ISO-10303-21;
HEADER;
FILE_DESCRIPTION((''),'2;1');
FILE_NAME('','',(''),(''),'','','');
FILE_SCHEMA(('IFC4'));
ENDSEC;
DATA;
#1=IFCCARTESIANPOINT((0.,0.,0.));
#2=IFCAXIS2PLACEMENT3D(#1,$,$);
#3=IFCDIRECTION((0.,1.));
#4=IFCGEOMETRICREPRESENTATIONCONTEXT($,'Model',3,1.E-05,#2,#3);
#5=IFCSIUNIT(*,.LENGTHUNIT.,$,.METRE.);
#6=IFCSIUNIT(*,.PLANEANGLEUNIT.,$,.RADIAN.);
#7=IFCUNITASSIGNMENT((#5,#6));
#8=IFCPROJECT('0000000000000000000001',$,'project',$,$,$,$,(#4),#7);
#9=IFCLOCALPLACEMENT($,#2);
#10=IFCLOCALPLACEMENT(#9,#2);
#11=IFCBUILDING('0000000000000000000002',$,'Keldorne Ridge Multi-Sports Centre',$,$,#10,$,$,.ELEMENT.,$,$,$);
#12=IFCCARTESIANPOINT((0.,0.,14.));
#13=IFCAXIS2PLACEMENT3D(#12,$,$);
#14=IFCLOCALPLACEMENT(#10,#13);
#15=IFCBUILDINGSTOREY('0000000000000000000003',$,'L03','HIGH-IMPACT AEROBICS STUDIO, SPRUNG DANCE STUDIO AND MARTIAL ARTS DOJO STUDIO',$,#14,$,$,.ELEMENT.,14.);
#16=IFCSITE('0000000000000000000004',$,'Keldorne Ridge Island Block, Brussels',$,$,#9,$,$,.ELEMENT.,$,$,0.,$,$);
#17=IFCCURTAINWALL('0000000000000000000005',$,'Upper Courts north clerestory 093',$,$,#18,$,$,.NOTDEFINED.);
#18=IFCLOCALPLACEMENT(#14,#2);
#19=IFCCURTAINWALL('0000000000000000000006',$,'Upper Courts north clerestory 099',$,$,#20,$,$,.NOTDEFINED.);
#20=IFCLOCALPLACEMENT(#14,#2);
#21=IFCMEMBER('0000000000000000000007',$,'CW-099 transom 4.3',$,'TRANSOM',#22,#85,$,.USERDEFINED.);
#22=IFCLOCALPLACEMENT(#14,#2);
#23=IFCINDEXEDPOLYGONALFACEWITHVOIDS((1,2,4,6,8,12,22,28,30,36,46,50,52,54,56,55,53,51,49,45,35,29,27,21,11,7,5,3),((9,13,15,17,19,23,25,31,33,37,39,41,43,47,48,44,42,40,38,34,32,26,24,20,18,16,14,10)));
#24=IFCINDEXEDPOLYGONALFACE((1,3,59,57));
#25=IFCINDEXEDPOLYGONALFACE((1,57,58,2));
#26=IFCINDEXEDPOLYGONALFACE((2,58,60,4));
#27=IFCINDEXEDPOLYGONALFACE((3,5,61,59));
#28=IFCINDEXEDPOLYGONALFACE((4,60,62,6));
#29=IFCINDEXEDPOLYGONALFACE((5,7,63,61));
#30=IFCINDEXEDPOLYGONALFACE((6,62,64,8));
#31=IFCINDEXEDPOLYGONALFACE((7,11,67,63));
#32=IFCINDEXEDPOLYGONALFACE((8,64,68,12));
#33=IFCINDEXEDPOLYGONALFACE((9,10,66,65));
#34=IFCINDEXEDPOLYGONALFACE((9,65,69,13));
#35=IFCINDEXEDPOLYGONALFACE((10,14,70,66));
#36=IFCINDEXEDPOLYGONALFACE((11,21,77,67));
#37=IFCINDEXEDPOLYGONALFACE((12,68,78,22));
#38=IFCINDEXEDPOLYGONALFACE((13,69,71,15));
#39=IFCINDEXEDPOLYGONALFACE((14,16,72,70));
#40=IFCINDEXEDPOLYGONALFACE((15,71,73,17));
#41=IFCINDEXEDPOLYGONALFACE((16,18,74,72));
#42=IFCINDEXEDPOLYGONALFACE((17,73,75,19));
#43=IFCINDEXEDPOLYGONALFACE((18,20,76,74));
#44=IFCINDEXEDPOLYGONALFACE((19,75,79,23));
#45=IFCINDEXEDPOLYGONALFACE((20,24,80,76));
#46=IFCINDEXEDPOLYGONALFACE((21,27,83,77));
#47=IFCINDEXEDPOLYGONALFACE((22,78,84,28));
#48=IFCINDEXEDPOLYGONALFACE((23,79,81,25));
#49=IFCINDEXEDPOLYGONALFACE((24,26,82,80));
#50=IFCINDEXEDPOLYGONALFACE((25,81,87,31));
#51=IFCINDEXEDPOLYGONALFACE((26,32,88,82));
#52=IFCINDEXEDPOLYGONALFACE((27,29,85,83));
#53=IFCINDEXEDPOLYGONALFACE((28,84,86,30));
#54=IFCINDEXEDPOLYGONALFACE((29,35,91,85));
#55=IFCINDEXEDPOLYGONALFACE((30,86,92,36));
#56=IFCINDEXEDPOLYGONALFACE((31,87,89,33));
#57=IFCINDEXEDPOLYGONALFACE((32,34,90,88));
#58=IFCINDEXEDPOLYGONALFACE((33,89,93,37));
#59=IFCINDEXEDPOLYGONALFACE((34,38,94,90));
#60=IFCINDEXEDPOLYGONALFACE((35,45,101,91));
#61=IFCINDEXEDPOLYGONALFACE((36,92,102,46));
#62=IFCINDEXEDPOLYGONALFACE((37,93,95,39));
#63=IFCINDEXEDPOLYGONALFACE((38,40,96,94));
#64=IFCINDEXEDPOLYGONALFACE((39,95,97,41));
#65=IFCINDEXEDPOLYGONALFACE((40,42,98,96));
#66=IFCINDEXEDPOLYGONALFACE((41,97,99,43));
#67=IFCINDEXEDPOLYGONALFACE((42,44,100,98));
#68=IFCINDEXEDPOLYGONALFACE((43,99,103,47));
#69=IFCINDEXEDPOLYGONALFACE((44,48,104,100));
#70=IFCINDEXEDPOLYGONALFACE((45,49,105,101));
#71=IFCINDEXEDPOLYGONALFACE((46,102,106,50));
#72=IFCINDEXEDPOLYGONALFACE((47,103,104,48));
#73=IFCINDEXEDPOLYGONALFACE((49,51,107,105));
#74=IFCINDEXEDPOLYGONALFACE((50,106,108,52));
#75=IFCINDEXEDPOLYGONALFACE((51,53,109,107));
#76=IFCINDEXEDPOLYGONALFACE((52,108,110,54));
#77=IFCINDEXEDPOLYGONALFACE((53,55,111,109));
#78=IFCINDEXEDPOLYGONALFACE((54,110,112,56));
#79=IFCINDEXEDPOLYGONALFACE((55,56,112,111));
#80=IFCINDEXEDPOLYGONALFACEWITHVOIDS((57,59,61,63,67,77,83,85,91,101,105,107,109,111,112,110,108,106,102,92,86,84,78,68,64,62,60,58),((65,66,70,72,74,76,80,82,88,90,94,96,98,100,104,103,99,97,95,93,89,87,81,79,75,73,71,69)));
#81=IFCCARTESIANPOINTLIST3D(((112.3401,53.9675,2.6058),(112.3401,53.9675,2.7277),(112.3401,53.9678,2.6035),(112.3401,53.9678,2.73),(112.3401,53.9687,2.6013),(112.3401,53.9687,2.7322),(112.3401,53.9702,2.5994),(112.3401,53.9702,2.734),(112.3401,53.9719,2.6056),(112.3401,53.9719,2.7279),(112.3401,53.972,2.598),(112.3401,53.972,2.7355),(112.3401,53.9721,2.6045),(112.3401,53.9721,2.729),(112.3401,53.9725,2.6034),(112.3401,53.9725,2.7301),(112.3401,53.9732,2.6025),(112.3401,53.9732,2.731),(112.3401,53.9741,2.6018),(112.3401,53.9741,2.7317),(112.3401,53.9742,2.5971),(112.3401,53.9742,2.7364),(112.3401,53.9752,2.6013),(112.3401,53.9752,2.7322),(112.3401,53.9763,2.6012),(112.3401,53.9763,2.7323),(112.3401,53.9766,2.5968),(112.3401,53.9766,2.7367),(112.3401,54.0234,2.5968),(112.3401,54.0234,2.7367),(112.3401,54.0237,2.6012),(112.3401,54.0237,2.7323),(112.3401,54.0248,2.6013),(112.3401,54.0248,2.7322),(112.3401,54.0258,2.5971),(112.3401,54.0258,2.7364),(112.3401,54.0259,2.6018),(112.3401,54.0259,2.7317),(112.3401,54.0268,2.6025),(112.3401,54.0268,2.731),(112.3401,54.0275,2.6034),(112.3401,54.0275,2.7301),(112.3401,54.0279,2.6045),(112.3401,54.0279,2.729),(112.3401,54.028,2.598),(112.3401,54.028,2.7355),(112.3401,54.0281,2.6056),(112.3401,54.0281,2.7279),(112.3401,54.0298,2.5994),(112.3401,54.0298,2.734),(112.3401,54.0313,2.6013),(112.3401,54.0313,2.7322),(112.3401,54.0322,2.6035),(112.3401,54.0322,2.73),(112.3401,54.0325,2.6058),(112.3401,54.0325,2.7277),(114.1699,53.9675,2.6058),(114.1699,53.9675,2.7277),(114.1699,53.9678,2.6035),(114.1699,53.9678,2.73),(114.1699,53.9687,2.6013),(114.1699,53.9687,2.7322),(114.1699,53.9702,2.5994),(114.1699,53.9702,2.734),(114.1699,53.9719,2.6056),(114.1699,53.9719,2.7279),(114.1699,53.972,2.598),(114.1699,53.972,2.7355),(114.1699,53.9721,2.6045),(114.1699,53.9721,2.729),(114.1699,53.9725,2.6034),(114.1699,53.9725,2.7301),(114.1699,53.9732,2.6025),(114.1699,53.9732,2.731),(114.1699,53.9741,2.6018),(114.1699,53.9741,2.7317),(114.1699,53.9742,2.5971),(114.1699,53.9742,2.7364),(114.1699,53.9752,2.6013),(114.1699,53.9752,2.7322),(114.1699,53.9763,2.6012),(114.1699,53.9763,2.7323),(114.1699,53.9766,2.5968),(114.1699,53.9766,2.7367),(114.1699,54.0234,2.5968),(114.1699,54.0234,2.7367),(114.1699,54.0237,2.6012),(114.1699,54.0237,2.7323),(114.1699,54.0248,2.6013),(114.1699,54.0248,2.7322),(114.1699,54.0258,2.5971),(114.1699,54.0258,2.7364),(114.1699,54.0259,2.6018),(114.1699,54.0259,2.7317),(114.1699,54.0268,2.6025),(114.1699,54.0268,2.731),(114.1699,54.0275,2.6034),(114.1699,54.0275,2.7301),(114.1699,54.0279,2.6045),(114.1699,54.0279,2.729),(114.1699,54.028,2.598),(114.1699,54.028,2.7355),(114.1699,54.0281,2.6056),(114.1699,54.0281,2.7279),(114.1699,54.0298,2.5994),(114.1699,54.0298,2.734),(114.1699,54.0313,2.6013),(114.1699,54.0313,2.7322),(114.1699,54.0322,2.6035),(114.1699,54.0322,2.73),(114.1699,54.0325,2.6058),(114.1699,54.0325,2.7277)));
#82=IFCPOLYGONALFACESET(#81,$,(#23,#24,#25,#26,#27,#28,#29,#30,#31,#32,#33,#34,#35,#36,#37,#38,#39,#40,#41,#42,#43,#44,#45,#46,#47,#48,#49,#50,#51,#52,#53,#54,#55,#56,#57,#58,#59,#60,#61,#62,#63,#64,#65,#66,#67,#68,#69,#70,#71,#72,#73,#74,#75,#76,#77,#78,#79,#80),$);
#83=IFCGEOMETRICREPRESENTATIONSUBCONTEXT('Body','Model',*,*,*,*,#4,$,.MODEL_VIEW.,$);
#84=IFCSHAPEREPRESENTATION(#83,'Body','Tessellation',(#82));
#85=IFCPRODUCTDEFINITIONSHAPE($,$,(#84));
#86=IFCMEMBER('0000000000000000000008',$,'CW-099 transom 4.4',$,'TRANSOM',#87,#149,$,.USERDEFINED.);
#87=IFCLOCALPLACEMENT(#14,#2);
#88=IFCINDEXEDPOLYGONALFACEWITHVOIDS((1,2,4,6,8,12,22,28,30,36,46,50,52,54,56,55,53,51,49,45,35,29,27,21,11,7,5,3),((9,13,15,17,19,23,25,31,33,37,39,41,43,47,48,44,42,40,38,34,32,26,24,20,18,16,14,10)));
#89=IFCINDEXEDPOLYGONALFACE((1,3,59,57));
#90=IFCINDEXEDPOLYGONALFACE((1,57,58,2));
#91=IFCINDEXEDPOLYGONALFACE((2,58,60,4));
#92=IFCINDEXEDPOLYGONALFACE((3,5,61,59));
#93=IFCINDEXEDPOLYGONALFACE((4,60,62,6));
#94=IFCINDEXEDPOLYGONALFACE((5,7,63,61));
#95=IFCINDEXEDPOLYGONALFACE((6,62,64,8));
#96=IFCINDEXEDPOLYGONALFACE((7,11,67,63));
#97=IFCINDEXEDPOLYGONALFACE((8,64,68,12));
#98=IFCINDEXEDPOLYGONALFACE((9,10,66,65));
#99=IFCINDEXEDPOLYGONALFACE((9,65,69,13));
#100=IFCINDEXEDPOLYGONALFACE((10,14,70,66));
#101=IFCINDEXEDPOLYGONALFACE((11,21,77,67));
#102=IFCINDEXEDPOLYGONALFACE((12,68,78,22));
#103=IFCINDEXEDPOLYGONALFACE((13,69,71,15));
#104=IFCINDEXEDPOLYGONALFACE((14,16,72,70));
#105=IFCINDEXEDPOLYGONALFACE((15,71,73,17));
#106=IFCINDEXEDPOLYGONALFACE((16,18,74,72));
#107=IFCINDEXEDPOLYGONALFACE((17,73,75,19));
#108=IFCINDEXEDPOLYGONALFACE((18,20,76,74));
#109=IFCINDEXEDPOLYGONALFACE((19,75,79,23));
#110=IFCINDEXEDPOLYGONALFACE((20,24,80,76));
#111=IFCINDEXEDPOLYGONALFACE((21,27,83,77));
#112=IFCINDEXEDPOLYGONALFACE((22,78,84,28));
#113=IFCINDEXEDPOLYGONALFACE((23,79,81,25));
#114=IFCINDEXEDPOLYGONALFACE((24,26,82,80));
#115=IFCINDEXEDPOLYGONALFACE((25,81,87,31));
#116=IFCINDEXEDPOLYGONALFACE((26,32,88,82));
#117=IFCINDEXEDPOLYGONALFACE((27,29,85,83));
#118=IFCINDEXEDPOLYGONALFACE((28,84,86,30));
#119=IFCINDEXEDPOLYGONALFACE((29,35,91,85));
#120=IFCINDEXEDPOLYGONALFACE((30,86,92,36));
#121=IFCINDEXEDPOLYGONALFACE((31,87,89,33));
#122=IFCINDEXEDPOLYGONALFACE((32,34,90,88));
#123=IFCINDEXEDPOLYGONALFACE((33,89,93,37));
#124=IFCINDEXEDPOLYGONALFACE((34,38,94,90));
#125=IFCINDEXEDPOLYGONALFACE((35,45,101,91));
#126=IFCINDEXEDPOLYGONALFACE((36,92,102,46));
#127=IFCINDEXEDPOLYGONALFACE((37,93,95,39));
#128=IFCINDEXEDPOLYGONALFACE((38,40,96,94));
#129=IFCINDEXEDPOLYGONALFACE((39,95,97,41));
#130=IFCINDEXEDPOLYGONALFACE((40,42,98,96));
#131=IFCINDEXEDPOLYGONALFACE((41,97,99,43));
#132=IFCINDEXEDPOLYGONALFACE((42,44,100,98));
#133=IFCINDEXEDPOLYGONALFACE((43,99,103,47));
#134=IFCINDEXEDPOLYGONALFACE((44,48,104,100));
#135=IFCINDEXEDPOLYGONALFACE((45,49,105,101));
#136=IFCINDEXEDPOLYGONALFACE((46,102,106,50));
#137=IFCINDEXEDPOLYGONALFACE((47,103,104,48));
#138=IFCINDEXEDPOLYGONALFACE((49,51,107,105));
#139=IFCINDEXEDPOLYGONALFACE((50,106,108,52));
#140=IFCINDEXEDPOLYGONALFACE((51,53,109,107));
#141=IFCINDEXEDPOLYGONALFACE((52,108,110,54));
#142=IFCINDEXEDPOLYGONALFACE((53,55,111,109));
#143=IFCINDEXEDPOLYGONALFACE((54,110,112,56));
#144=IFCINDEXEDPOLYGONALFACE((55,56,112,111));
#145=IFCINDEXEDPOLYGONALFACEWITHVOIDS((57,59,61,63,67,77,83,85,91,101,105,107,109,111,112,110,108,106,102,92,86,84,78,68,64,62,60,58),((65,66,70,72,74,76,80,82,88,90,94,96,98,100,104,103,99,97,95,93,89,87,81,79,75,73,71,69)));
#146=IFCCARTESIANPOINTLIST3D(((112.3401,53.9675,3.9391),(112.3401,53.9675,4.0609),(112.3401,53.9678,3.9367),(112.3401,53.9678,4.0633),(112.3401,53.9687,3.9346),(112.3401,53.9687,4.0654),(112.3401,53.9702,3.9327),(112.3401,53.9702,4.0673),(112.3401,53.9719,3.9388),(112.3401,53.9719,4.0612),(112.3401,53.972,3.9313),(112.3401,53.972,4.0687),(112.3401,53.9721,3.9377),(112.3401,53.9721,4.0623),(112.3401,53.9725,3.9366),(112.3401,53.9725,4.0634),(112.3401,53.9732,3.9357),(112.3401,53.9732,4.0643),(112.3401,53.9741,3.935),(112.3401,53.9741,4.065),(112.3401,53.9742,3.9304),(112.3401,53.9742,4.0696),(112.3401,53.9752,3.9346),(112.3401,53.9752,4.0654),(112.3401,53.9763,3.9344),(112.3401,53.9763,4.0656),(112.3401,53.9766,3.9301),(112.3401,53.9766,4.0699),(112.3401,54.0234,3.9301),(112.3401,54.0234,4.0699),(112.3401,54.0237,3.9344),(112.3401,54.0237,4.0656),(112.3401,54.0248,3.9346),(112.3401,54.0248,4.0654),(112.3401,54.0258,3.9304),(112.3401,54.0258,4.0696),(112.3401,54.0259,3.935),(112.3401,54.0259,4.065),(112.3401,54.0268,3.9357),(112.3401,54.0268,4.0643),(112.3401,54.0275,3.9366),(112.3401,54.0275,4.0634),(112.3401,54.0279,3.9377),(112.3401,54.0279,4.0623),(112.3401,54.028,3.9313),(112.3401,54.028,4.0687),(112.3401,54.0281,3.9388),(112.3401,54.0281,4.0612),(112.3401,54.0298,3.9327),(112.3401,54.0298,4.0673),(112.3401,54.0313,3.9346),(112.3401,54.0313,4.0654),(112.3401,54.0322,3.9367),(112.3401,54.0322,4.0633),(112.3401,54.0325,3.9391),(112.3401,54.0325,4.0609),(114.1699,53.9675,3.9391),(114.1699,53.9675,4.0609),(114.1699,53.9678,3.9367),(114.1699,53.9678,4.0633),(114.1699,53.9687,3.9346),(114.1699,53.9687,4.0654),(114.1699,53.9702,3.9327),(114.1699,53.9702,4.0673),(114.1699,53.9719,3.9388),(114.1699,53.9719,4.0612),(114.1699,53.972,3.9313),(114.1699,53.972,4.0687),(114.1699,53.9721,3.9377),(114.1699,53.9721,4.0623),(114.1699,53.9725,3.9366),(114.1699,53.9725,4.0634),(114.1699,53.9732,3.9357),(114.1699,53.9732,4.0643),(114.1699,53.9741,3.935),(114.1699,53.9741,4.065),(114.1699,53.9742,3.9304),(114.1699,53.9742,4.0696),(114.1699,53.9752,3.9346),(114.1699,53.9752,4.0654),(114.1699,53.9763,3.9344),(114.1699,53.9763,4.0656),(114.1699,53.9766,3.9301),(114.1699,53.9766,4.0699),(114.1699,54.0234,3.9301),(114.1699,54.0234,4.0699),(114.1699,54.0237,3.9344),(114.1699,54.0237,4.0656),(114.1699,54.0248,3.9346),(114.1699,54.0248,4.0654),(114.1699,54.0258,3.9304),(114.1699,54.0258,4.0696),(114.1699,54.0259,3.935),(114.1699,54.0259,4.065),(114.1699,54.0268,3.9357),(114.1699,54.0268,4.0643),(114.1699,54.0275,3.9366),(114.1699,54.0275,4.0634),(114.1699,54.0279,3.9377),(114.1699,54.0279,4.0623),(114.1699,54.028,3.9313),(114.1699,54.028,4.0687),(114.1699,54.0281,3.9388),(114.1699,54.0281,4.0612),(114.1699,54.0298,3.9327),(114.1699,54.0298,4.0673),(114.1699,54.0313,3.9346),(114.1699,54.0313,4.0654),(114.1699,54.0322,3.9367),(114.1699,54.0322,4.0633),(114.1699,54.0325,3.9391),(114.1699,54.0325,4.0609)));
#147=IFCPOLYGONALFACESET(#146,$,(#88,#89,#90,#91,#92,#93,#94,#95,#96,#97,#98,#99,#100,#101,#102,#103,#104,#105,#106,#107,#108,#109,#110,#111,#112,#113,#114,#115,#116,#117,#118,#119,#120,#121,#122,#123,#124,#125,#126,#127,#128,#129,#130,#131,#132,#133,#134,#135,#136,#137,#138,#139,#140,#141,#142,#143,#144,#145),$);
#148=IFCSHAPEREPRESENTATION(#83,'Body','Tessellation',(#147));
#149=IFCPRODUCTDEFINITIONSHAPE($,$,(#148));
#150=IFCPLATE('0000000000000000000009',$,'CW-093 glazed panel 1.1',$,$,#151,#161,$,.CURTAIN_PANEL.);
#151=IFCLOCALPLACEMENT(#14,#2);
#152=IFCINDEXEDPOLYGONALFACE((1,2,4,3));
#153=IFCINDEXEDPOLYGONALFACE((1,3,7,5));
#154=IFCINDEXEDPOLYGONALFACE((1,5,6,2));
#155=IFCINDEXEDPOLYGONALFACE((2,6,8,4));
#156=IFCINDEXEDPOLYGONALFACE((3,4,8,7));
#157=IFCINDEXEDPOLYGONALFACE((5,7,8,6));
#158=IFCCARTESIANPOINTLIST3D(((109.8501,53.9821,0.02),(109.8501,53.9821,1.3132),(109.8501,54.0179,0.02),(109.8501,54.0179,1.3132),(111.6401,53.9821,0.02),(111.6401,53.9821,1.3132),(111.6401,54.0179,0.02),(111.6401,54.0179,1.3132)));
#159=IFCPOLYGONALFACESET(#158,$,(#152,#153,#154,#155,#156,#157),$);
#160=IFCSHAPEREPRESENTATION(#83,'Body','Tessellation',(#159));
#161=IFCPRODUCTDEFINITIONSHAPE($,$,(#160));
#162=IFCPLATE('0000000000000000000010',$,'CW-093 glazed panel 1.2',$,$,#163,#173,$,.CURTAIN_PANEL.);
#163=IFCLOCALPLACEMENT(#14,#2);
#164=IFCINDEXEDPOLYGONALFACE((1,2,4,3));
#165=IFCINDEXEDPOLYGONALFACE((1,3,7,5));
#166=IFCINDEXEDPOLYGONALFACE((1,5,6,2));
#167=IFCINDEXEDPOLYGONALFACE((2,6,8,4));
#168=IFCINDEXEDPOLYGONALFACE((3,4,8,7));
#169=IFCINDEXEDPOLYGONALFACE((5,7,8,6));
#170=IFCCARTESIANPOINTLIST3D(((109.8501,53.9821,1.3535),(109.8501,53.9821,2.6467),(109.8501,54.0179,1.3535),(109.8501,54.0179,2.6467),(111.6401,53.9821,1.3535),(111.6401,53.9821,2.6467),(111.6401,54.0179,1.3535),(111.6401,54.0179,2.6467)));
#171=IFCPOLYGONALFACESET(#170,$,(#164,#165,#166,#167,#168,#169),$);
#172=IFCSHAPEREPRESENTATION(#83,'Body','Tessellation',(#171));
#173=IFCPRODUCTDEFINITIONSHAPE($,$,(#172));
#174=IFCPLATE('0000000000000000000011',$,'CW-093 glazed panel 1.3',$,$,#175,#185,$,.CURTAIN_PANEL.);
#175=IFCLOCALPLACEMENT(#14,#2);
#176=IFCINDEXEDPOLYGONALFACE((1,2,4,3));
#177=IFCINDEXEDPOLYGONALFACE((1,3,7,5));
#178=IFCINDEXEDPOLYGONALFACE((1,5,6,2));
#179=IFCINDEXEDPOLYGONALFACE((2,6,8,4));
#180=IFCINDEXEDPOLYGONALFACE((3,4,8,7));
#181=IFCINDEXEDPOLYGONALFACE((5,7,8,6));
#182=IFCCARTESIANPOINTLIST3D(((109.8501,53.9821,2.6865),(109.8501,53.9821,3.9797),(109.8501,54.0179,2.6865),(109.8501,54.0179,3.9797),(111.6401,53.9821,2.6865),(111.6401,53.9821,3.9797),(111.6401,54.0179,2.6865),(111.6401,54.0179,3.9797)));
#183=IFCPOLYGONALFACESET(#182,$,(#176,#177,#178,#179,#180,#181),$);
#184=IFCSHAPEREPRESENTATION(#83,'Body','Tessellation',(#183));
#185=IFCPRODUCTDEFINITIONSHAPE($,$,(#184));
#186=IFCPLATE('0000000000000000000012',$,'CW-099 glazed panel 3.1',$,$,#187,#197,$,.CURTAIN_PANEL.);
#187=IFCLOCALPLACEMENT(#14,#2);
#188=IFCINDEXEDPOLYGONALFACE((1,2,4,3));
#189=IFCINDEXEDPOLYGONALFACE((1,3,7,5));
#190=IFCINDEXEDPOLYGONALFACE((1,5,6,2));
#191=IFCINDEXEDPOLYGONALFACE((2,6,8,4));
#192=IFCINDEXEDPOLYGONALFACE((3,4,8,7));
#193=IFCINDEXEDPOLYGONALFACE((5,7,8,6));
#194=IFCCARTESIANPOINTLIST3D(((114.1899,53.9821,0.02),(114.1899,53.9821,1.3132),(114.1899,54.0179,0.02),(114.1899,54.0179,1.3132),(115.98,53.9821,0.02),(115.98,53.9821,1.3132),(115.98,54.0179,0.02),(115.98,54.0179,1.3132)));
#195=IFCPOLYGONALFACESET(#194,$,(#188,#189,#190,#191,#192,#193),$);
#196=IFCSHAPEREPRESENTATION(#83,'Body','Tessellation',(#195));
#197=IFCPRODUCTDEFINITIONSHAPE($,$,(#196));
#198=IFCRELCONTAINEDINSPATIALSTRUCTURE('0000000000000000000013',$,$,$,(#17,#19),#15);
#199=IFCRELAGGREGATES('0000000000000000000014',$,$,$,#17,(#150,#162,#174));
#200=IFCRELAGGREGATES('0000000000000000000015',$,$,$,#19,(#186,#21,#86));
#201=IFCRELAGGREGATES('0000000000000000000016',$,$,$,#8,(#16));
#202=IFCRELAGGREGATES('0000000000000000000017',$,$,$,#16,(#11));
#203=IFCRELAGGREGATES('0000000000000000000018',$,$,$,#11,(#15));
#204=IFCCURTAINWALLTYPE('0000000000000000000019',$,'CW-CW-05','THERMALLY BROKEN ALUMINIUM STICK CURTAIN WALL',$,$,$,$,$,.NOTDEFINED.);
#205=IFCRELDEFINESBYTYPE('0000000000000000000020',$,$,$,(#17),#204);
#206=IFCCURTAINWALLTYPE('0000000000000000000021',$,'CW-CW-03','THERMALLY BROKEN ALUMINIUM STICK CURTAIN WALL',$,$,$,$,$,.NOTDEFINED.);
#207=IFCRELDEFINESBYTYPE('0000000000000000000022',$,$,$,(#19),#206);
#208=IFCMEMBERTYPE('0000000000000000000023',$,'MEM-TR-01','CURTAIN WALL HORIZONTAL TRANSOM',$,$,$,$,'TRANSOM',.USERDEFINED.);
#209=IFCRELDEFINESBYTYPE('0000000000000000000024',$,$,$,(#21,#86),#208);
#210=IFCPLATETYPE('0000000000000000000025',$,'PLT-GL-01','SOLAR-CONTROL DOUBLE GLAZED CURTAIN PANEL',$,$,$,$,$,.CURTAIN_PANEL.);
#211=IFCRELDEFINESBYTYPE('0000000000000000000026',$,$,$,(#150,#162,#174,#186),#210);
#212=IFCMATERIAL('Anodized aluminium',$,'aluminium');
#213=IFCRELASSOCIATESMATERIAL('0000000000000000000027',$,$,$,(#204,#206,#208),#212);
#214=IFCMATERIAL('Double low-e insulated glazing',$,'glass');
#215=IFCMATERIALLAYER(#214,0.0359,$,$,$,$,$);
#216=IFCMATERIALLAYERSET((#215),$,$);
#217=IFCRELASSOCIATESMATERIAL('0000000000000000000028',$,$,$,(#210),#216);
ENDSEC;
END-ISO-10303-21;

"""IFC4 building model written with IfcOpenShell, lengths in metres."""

from ifc_helpers import new_model, si_unit, direction, frame, origin, origin_2d, place, context, subcontext, project, spatial, rectangle, hollow_rectangle, extrude, material, layer, layer_set, material_profile, profile_set, type_object, element, aggregate, save


model = new_model("IFC4")

# Units and contexts
model_context = context("Model", 3, precision=1e-05, world=origin(), true_north=direction((0.0, 1.0)))
body_context = subcontext(model_context, "Body", "Model", "MODEL_VIEW")
ifc_project = project(units=[si_unit("LENGTHUNIT", "METRE"), si_unit("PLANEANGLEUNIT", "RADIAN")], contexts=[model_context])

# Site, building, storey
site_placement = place(None, origin())
site = spatial("IfcSite", under=ifc_project, at=site_placement, Name="Keldorne Ridge Island Block, Brussels", CompositionType="ELEMENT", RefElevation=0.0)
building_placement = place(site_placement, origin())
building = spatial("IfcBuilding", under=site, at=building_placement, Name="Keldorne Ridge Multi-Sports Centre", CompositionType="ELEMENT")
storey_placement = place(building_placement, frame((0.0, 0.0, 14.0)))
storey = spatial("IfcBuildingStorey", under=building, at=storey_placement, Name="L03", Description="HIGH-IMPACT AEROBICS STUDIO, SPRUNG DANCE STUDIO AND MARTIAL ARTS DOJO STUDIO", CompositionType="ELEMENT", Elevation=14.0)

# Curtain wall
ifc_material_1 = material(Name="Anodized aluminium", Category="aluminium")
curtain_wall_type_1 = type_object("IfcCurtainWallType", Name="CW-CW-05", Description="THERMALLY BROKEN ALUMINIUM STICK CURTAIN WALL", PredefinedType="NOTDEFINED", material=ifc_material_1)
curtain_wall_1_placement = place(storey_placement, origin())
curtain_wall_1 = element("IfcCurtainWall", 1, at=curtain_wall_1_placement, inside=storey, type_object=curtain_wall_type_1, Name="Upper Courts north clerestory 093", PredefinedType="NOTDEFINED")

# Curtain wall
curtain_wall_type_2 = type_object("IfcCurtainWallType", Name="CW-CW-03", Description="THERMALLY BROKEN ALUMINIUM STICK CURTAIN WALL", PredefinedType="NOTDEFINED", material=ifc_material_1)
curtain_wall_2_placement = place(storey_placement, origin())
curtain_wall_2 = element("IfcCurtainWall", 2, at=curtain_wall_2_placement, inside=storey, type_object=curtain_wall_type_2, Name="Upper Courts north clerestory 099", PredefinedType="NOTDEFINED")

# Members
ifc_material_profile_1 = material_profile(ifc_material_1, hollow_rectangle(XDim=0.0649, YDim=0.1399, WallThickness=0.0044, InnerFilletRadius=0.0044, OuterFilletRadius=0.009, at=origin_2d()), Name="ALU TRANSOM 140x65x4.5")
ifc_profile_set_1 = profile_set([ifc_material_profile_1], Name="Anodized aluminium")
member_type_1 = type_object("IfcMemberType", Name="MEM-TR-01", Description="CURTAIN WALL HORIZONTAL TRANSOM", ElementType="TRANSOM", PredefinedType="USERDEFINED", material=ifc_profile_set_1)
member_1_placement = place(storey_placement, frame((114.1699, 54.0, 2.6667), z_axis=(-1.0, 0.0, 0.0), x_axis=(0.0, -1.0, 0.0)))
member_1 = element("IfcMember", 3, at=member_1_placement, type_object=member_type_1, Name="CW-099 transom 4.3", ObjectType="TRANSOM", PredefinedType="USERDEFINED", context=body_context, shape_type="SweptSolid", body=[
    extrude(hollow_rectangle(XDim=0.0649, YDim=0.1399, WallThickness=0.0044, InnerFilletRadius=0.0044, OuterFilletRadius=0.009, at=origin_2d()), origin(), (0.0, 0.0, 1.0), 1.8298),
])
member_2_placement = place(storey_placement, frame((114.1699, 54.0, 4.0), z_axis=(-1.0, 0.0, 0.0), x_axis=(0.0, -1.0, 0.0)))
member_2 = element("IfcMember", 4, at=member_2_placement, type_object=member_type_1, Name="CW-099 transom 4.4", ObjectType="TRANSOM", PredefinedType="USERDEFINED", context=body_context, shape_type="SweptSolid", body=[
    extrude(hollow_rectangle(XDim=0.0649, YDim=0.1399, WallThickness=0.0044, InnerFilletRadius=0.0044, OuterFilletRadius=0.009, at=origin_2d()), origin(), (0.0, 0.0, 1.0), 1.8298),
])

# Plates
ifc_material_2 = material(Name="Double low-e insulated glazing", Category="glass")
ifc_layer_1 = layer(ifc_material_2, 0.0359)
ifc_layer_set_1 = layer_set([ifc_layer_1])
plate_type = type_object("IfcPlateType", Name="PLT-GL-01", Description="SOLAR-CONTROL DOUBLE GLAZED CURTAIN PANEL", PredefinedType="CURTAIN_PANEL", material=ifc_layer_set_1)
plate_1_placement = place(storey_placement, frame((110.7451, 54.0, 0.02), z_axis=(0.0, 0.0, 1.0), x_axis=(-1.0, 0.0, 0.0)))
plate_1 = element("IfcPlate", 5, at=plate_1_placement, type_object=plate_type, Name="CW-093 glazed panel 1.1", PredefinedType="CURTAIN_PANEL", context=body_context, shape_type="SweptSolid", body=[
    extrude(rectangle(XDim=1.79, YDim=0.0359, at=origin_2d()), origin(), (0.0, 0.0, 1.0), 1.2932),
])
plate_2_placement = place(storey_placement, frame((110.7451, 54.0, 1.3535), z_axis=(0.0, 0.0, 1.0), x_axis=(-1.0, 0.0, 0.0)))
plate_2 = element("IfcPlate", 6, at=plate_2_placement, type_object=plate_type, Name="CW-093 glazed panel 1.2", PredefinedType="CURTAIN_PANEL", context=body_context, shape_type="SweptSolid", body=[
    extrude(rectangle(XDim=1.79, YDim=0.0359, at=origin_2d()), origin(), (0.0, 0.0, 1.0), 1.2932),
])
plate_3_placement = place(storey_placement, frame((110.7451, 54.0, 2.6865), z_axis=(0.0, 0.0, 1.0), x_axis=(-1.0, 0.0, 0.0)))
plate_3 = element("IfcPlate", 7, at=plate_3_placement, type_object=plate_type, Name="CW-093 glazed panel 1.3", PredefinedType="CURTAIN_PANEL", context=body_context, shape_type="SweptSolid", body=[
    extrude(rectangle(XDim=1.79, YDim=0.0359, at=origin_2d()), origin(), (0.0, 0.0, 1.0), 1.2932),
])
aggregate(curtain_wall_1, [plate_1, plate_2, plate_3])
plate_4_placement = place(storey_placement, frame((115.085, 54.0, 0.02), z_axis=(0.0, 0.0, 1.0), x_axis=(-1.0, 0.0, 0.0)))
plate_4 = element("IfcPlate", 8, at=plate_4_placement, type_object=plate_type, Name="CW-099 glazed panel 3.1", PredefinedType="CURTAIN_PANEL", context=body_context, shape_type="SweptSolid", body=[
    extrude(rectangle(XDim=1.79, YDim=0.0359, at=origin_2d()), origin(), (0.0, 0.0, 1.0), 1.2932),
])
aggregate(curtain_wall_2, [plate_4, member_1, member_2])

save(model, "model.ifc")
